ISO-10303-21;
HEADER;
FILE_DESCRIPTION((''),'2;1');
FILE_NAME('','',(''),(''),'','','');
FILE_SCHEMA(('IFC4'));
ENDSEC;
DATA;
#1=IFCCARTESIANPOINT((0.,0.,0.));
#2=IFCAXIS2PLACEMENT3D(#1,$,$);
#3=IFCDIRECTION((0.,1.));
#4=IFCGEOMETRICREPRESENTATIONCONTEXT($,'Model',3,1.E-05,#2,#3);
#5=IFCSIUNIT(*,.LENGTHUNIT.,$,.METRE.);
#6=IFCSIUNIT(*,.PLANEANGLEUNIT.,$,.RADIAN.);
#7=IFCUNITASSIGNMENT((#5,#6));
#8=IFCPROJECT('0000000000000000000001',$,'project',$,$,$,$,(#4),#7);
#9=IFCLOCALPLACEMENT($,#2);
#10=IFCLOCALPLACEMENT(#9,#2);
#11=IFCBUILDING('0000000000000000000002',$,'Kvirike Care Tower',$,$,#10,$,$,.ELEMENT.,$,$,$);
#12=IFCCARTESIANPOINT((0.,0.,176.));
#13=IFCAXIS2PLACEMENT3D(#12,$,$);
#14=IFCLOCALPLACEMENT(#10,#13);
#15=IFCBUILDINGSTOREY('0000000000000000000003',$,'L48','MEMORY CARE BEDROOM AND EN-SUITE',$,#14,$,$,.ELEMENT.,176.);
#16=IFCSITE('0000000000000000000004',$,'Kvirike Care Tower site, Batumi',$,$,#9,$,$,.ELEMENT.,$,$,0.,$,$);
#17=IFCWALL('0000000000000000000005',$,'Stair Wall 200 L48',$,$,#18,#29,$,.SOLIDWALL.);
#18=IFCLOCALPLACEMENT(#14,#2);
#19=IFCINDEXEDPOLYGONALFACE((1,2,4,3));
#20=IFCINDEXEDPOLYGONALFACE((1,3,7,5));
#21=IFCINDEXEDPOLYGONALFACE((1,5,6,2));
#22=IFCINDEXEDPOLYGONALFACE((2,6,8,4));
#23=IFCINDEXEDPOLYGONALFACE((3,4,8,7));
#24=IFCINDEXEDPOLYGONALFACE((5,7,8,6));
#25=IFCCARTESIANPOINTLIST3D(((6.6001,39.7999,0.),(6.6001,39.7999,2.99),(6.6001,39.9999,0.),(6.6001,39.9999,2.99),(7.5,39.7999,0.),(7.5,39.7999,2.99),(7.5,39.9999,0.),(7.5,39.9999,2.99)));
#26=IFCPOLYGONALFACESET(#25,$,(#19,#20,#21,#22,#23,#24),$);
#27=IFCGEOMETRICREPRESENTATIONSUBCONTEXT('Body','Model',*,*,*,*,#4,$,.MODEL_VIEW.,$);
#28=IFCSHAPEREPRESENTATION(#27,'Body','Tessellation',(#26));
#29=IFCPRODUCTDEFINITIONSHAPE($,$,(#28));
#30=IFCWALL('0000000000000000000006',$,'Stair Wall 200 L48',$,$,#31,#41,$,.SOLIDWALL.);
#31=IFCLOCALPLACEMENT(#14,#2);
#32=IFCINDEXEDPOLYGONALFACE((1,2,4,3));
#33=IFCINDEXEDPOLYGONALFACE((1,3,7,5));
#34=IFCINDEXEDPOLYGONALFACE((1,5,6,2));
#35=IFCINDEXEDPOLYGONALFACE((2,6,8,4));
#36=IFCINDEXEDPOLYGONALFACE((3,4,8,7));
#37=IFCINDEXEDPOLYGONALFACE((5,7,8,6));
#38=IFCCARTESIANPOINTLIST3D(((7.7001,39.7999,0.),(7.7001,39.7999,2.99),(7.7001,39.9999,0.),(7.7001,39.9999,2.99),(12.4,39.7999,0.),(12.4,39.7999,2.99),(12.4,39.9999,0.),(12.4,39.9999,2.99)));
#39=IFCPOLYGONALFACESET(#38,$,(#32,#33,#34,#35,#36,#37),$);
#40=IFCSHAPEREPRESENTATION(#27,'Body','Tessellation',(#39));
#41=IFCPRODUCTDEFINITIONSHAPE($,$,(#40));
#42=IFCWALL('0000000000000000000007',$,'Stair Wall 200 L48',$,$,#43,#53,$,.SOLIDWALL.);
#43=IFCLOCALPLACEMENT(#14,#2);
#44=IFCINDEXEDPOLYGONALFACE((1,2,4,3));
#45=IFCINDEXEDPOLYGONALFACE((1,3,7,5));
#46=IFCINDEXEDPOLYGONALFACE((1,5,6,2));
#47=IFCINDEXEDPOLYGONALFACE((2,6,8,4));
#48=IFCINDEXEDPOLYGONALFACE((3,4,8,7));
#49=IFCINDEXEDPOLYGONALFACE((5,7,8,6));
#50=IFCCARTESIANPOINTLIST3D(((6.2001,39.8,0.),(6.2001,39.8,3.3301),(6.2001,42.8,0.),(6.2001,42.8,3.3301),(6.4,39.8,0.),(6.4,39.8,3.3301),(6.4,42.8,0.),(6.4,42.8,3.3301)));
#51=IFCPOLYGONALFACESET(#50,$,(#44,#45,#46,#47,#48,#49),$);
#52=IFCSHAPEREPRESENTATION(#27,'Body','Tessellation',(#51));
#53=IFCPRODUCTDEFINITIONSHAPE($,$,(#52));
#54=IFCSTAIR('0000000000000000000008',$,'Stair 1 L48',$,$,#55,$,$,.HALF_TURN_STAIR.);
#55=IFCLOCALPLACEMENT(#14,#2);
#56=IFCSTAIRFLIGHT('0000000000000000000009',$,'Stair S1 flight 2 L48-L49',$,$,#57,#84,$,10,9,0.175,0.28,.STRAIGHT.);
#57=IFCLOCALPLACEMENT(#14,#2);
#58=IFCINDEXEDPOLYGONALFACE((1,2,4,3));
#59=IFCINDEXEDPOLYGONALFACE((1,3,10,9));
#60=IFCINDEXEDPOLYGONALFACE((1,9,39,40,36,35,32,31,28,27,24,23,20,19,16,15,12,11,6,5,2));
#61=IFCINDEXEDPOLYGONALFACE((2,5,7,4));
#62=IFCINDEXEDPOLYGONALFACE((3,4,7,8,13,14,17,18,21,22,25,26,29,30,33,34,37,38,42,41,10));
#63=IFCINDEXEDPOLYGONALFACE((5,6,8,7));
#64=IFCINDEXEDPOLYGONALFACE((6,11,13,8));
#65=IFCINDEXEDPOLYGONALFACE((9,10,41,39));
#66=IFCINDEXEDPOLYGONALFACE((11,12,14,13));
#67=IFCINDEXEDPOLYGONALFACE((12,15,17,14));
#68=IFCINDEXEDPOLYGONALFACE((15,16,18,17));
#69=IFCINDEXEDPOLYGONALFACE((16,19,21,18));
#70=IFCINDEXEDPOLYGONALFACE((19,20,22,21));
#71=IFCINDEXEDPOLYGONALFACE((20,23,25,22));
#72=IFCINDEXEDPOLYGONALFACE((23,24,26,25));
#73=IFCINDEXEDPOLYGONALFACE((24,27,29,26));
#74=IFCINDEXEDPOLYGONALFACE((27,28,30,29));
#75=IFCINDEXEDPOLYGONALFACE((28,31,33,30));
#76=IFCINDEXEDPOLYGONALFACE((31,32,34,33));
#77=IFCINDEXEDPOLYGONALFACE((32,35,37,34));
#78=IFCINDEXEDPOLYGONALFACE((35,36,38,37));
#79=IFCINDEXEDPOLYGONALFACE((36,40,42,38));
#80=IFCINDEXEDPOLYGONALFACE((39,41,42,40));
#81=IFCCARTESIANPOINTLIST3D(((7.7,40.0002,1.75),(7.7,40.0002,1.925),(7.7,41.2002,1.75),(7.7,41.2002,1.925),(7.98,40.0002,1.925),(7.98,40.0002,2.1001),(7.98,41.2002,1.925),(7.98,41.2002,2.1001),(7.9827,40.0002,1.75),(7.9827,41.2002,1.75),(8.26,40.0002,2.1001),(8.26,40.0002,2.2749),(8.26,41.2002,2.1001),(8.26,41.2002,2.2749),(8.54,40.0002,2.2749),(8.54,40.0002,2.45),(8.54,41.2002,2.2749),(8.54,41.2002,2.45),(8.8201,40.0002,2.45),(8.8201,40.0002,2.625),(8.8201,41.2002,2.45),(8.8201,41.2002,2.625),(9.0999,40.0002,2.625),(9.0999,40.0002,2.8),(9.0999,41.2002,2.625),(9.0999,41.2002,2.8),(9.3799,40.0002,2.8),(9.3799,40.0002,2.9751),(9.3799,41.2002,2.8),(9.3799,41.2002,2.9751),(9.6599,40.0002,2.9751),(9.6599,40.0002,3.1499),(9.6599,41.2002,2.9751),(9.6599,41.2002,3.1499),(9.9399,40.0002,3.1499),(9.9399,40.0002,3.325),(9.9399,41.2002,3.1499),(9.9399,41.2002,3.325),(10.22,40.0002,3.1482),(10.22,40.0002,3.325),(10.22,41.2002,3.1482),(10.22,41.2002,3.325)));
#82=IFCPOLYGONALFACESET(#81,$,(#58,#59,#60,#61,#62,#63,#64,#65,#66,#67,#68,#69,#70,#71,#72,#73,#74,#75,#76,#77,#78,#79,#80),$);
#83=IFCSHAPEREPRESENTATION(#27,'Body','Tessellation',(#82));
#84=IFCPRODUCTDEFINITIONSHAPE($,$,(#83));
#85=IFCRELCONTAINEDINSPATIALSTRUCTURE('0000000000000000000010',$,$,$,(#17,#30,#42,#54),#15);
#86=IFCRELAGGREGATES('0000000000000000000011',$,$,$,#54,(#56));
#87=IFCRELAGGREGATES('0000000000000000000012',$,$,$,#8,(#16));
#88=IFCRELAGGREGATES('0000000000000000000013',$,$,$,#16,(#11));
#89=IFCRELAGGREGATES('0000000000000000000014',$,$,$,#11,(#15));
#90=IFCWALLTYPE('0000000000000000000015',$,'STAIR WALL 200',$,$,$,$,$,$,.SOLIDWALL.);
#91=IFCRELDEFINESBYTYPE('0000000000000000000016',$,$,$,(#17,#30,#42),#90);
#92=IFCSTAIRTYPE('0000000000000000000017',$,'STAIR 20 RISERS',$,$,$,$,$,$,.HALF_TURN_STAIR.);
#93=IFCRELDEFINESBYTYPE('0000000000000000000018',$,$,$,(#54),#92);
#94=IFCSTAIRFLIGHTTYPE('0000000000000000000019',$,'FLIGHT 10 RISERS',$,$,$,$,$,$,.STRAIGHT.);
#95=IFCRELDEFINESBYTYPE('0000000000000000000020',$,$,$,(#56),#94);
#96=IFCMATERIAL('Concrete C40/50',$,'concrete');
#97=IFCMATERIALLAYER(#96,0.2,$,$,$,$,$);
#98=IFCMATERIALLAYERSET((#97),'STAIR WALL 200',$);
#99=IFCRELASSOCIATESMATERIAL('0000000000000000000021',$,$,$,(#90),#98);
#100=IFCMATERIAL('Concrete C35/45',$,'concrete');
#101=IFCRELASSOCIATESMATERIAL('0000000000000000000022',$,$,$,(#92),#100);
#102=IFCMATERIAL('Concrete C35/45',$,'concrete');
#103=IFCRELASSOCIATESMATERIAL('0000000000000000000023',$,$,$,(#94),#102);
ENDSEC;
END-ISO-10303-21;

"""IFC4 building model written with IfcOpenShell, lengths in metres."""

from ifc_helpers import new_model, si_unit, direction, frame, frame_2d, origin, place, context, subcontext, project, spatial, polyline, rectangle, outline, extrude, material, layer, layer_set, type_object, element, aggregate, save


model = new_model("IFC4")

# Units and contexts
model_context = context("Model", 3, precision=1e-05, world=origin(), true_north=direction((0.0, 1.0)))
body_context = subcontext(model_context, "Body", "Model", "MODEL_VIEW")
ifc_project = project(units=[si_unit("LENGTHUNIT", "METRE"), si_unit("PLANEANGLEUNIT", "RADIAN")], contexts=[model_context])

# Site, building, storey
site_placement = place(None, origin())
site = spatial("IfcSite", under=ifc_project, at=site_placement, Name="Kvirike Care Tower site, Batumi", CompositionType="ELEMENT", RefElevation=0.0)
building_placement = place(site_placement, origin())
building = spatial("IfcBuilding", under=site, at=building_placement, Name="Kvirike Care Tower", CompositionType="ELEMENT")
storey_placement = place(building_placement, frame((0.0, 0.0, 176.0)))
storey = spatial("IfcBuildingStorey", under=building, at=storey_placement, Name="L48", Description="MEMORY CARE BEDROOM AND EN-SUITE", CompositionType="ELEMENT", Elevation=176.0)

# Walls
ifc_material_1 = material(Name="Concrete C40/50", Category="concrete")
ifc_layer_1 = layer(ifc_material_1, 0.2)
ifc_layer_set_1 = layer_set([ifc_layer_1], Name="STAIR WALL 200")
wall_type_1 = type_object("IfcWallType", Name="STAIR WALL 200", PredefinedType="SOLIDWALL", material=ifc_layer_set_1)
wall_1_placement = place(storey_placement, frame((6.6001, 39.8999, 0.0), z_axis=(0.0, 0.0, 1.0), x_axis=(1.0, 0.0, 0.0)))
element("IfcWall", 1, at=wall_1_placement, inside=storey, type_object=wall_type_1, Name="Stair Wall 200 L48", PredefinedType="SOLIDWALL", context=body_context, shape_type="SweptSolid", body=[
    extrude(rectangle(XDim=0.8999, YDim=0.2, at=frame_2d((0.45, 0.0))), origin(), (0.0, 0.0, 1.0), 2.99),
])
wall_2_placement = place(storey_placement, frame((7.7, 39.8999, 0.0), z_axis=(0.0, 0.0, 1.0), x_axis=(1.0, 0.0, 0.0)))
element("IfcWall", 2, at=wall_2_placement, inside=storey, type_object=wall_type_1, Name="Stair Wall 200 L48", PredefinedType="SOLIDWALL", context=body_context, shape_type="SweptSolid", body=[
    extrude(rectangle(XDim=4.7, YDim=0.2, at=frame_2d((2.3501, 0.0))), origin(), (0.0, 0.0, 1.0), 2.99),
])
wall_3_placement = place(storey_placement, frame((6.3, 42.8, 0.0), z_axis=(0.0, 0.0, 1.0), x_axis=(0.0, -1.0, 0.0)))
element("IfcWall", 3, at=wall_3_placement, inside=storey, type_object=wall_type_1, Name="Stair Wall 200 L48", PredefinedType="SOLIDWALL", context=body_context, shape_type="SweptSolid", body=[
    extrude(rectangle(XDim=3.0, YDim=0.2, at=frame_2d((1.5, 0.0))), origin(), (0.0, 0.0, 1.0), 3.3301),
])

# Stair, stair flight
ifc_material_2 = material(Name="Concrete C35/45", Category="concrete")
stair_type = type_object("IfcStairType", Name="STAIR 20 RISERS", PredefinedType="HALF_TURN_STAIR", material=ifc_material_2)
stair_placement = place(storey_placement, origin())
stair = element("IfcStair", 4, at=stair_placement, inside=storey, type_object=stair_type, Name="Stair 1 L48", PredefinedType="HALF_TURN_STAIR")
ifc_material_3 = material(Name="Concrete C35/45", Category="concrete")
stair_flight_type = type_object("IfcStairFlightType", Name="FLIGHT 10 RISERS", PredefinedType="STRAIGHT", material=ifc_material_3)
stair_flight_placement = place(storey_placement, frame((7.7, 40.6001, 1.75), z_axis=(0.0, 0.0, 1.0), x_axis=(1.0, 0.0, 0.0)))
stair_flight = element("IfcStairFlight", 5, at=stair_flight_placement, type_object=stair_flight_type, Name="Stair S1 flight 2 L48-L49", NumberOfRisers=10, NumberOfTreads=9, PredefinedType="STRAIGHT", RiserHeight=0.175, TreadLength=0.28, context=body_context, shape_type="SweptSolid", body=[
    extrude(outline(polyline([(0.0, 0.0), (0.0, 0.175), (0.28, 0.175), (0.28, 0.3501), (0.5601, 0.3501), (0.5601, 0.5249), (0.8401, 0.5249), (0.8401, 0.7), (1.1201, 0.7), (1.1201, 0.875), (1.3999, 0.875), (1.3999, 1.05), (1.6799, 1.05), (1.6799, 1.2251), (1.96, 1.2251), (1.96, 1.3999), (2.24, 1.3999), (2.24, 1.575), (2.52, 1.575), (2.52, 1.75), (2.52, 1.3982), (0.2827, 0.0), (0.0, 0.0)])), frame((0.0, 0.6001, 0.0), z_axis=(0.0, -1.0, 0.0), x_axis=(1.0, 0.0, 0.0)), (0.0, 0.0, 1.0), 1.2),
])
aggregate(stair, [stair_flight])

save(model, "model.ifc")
